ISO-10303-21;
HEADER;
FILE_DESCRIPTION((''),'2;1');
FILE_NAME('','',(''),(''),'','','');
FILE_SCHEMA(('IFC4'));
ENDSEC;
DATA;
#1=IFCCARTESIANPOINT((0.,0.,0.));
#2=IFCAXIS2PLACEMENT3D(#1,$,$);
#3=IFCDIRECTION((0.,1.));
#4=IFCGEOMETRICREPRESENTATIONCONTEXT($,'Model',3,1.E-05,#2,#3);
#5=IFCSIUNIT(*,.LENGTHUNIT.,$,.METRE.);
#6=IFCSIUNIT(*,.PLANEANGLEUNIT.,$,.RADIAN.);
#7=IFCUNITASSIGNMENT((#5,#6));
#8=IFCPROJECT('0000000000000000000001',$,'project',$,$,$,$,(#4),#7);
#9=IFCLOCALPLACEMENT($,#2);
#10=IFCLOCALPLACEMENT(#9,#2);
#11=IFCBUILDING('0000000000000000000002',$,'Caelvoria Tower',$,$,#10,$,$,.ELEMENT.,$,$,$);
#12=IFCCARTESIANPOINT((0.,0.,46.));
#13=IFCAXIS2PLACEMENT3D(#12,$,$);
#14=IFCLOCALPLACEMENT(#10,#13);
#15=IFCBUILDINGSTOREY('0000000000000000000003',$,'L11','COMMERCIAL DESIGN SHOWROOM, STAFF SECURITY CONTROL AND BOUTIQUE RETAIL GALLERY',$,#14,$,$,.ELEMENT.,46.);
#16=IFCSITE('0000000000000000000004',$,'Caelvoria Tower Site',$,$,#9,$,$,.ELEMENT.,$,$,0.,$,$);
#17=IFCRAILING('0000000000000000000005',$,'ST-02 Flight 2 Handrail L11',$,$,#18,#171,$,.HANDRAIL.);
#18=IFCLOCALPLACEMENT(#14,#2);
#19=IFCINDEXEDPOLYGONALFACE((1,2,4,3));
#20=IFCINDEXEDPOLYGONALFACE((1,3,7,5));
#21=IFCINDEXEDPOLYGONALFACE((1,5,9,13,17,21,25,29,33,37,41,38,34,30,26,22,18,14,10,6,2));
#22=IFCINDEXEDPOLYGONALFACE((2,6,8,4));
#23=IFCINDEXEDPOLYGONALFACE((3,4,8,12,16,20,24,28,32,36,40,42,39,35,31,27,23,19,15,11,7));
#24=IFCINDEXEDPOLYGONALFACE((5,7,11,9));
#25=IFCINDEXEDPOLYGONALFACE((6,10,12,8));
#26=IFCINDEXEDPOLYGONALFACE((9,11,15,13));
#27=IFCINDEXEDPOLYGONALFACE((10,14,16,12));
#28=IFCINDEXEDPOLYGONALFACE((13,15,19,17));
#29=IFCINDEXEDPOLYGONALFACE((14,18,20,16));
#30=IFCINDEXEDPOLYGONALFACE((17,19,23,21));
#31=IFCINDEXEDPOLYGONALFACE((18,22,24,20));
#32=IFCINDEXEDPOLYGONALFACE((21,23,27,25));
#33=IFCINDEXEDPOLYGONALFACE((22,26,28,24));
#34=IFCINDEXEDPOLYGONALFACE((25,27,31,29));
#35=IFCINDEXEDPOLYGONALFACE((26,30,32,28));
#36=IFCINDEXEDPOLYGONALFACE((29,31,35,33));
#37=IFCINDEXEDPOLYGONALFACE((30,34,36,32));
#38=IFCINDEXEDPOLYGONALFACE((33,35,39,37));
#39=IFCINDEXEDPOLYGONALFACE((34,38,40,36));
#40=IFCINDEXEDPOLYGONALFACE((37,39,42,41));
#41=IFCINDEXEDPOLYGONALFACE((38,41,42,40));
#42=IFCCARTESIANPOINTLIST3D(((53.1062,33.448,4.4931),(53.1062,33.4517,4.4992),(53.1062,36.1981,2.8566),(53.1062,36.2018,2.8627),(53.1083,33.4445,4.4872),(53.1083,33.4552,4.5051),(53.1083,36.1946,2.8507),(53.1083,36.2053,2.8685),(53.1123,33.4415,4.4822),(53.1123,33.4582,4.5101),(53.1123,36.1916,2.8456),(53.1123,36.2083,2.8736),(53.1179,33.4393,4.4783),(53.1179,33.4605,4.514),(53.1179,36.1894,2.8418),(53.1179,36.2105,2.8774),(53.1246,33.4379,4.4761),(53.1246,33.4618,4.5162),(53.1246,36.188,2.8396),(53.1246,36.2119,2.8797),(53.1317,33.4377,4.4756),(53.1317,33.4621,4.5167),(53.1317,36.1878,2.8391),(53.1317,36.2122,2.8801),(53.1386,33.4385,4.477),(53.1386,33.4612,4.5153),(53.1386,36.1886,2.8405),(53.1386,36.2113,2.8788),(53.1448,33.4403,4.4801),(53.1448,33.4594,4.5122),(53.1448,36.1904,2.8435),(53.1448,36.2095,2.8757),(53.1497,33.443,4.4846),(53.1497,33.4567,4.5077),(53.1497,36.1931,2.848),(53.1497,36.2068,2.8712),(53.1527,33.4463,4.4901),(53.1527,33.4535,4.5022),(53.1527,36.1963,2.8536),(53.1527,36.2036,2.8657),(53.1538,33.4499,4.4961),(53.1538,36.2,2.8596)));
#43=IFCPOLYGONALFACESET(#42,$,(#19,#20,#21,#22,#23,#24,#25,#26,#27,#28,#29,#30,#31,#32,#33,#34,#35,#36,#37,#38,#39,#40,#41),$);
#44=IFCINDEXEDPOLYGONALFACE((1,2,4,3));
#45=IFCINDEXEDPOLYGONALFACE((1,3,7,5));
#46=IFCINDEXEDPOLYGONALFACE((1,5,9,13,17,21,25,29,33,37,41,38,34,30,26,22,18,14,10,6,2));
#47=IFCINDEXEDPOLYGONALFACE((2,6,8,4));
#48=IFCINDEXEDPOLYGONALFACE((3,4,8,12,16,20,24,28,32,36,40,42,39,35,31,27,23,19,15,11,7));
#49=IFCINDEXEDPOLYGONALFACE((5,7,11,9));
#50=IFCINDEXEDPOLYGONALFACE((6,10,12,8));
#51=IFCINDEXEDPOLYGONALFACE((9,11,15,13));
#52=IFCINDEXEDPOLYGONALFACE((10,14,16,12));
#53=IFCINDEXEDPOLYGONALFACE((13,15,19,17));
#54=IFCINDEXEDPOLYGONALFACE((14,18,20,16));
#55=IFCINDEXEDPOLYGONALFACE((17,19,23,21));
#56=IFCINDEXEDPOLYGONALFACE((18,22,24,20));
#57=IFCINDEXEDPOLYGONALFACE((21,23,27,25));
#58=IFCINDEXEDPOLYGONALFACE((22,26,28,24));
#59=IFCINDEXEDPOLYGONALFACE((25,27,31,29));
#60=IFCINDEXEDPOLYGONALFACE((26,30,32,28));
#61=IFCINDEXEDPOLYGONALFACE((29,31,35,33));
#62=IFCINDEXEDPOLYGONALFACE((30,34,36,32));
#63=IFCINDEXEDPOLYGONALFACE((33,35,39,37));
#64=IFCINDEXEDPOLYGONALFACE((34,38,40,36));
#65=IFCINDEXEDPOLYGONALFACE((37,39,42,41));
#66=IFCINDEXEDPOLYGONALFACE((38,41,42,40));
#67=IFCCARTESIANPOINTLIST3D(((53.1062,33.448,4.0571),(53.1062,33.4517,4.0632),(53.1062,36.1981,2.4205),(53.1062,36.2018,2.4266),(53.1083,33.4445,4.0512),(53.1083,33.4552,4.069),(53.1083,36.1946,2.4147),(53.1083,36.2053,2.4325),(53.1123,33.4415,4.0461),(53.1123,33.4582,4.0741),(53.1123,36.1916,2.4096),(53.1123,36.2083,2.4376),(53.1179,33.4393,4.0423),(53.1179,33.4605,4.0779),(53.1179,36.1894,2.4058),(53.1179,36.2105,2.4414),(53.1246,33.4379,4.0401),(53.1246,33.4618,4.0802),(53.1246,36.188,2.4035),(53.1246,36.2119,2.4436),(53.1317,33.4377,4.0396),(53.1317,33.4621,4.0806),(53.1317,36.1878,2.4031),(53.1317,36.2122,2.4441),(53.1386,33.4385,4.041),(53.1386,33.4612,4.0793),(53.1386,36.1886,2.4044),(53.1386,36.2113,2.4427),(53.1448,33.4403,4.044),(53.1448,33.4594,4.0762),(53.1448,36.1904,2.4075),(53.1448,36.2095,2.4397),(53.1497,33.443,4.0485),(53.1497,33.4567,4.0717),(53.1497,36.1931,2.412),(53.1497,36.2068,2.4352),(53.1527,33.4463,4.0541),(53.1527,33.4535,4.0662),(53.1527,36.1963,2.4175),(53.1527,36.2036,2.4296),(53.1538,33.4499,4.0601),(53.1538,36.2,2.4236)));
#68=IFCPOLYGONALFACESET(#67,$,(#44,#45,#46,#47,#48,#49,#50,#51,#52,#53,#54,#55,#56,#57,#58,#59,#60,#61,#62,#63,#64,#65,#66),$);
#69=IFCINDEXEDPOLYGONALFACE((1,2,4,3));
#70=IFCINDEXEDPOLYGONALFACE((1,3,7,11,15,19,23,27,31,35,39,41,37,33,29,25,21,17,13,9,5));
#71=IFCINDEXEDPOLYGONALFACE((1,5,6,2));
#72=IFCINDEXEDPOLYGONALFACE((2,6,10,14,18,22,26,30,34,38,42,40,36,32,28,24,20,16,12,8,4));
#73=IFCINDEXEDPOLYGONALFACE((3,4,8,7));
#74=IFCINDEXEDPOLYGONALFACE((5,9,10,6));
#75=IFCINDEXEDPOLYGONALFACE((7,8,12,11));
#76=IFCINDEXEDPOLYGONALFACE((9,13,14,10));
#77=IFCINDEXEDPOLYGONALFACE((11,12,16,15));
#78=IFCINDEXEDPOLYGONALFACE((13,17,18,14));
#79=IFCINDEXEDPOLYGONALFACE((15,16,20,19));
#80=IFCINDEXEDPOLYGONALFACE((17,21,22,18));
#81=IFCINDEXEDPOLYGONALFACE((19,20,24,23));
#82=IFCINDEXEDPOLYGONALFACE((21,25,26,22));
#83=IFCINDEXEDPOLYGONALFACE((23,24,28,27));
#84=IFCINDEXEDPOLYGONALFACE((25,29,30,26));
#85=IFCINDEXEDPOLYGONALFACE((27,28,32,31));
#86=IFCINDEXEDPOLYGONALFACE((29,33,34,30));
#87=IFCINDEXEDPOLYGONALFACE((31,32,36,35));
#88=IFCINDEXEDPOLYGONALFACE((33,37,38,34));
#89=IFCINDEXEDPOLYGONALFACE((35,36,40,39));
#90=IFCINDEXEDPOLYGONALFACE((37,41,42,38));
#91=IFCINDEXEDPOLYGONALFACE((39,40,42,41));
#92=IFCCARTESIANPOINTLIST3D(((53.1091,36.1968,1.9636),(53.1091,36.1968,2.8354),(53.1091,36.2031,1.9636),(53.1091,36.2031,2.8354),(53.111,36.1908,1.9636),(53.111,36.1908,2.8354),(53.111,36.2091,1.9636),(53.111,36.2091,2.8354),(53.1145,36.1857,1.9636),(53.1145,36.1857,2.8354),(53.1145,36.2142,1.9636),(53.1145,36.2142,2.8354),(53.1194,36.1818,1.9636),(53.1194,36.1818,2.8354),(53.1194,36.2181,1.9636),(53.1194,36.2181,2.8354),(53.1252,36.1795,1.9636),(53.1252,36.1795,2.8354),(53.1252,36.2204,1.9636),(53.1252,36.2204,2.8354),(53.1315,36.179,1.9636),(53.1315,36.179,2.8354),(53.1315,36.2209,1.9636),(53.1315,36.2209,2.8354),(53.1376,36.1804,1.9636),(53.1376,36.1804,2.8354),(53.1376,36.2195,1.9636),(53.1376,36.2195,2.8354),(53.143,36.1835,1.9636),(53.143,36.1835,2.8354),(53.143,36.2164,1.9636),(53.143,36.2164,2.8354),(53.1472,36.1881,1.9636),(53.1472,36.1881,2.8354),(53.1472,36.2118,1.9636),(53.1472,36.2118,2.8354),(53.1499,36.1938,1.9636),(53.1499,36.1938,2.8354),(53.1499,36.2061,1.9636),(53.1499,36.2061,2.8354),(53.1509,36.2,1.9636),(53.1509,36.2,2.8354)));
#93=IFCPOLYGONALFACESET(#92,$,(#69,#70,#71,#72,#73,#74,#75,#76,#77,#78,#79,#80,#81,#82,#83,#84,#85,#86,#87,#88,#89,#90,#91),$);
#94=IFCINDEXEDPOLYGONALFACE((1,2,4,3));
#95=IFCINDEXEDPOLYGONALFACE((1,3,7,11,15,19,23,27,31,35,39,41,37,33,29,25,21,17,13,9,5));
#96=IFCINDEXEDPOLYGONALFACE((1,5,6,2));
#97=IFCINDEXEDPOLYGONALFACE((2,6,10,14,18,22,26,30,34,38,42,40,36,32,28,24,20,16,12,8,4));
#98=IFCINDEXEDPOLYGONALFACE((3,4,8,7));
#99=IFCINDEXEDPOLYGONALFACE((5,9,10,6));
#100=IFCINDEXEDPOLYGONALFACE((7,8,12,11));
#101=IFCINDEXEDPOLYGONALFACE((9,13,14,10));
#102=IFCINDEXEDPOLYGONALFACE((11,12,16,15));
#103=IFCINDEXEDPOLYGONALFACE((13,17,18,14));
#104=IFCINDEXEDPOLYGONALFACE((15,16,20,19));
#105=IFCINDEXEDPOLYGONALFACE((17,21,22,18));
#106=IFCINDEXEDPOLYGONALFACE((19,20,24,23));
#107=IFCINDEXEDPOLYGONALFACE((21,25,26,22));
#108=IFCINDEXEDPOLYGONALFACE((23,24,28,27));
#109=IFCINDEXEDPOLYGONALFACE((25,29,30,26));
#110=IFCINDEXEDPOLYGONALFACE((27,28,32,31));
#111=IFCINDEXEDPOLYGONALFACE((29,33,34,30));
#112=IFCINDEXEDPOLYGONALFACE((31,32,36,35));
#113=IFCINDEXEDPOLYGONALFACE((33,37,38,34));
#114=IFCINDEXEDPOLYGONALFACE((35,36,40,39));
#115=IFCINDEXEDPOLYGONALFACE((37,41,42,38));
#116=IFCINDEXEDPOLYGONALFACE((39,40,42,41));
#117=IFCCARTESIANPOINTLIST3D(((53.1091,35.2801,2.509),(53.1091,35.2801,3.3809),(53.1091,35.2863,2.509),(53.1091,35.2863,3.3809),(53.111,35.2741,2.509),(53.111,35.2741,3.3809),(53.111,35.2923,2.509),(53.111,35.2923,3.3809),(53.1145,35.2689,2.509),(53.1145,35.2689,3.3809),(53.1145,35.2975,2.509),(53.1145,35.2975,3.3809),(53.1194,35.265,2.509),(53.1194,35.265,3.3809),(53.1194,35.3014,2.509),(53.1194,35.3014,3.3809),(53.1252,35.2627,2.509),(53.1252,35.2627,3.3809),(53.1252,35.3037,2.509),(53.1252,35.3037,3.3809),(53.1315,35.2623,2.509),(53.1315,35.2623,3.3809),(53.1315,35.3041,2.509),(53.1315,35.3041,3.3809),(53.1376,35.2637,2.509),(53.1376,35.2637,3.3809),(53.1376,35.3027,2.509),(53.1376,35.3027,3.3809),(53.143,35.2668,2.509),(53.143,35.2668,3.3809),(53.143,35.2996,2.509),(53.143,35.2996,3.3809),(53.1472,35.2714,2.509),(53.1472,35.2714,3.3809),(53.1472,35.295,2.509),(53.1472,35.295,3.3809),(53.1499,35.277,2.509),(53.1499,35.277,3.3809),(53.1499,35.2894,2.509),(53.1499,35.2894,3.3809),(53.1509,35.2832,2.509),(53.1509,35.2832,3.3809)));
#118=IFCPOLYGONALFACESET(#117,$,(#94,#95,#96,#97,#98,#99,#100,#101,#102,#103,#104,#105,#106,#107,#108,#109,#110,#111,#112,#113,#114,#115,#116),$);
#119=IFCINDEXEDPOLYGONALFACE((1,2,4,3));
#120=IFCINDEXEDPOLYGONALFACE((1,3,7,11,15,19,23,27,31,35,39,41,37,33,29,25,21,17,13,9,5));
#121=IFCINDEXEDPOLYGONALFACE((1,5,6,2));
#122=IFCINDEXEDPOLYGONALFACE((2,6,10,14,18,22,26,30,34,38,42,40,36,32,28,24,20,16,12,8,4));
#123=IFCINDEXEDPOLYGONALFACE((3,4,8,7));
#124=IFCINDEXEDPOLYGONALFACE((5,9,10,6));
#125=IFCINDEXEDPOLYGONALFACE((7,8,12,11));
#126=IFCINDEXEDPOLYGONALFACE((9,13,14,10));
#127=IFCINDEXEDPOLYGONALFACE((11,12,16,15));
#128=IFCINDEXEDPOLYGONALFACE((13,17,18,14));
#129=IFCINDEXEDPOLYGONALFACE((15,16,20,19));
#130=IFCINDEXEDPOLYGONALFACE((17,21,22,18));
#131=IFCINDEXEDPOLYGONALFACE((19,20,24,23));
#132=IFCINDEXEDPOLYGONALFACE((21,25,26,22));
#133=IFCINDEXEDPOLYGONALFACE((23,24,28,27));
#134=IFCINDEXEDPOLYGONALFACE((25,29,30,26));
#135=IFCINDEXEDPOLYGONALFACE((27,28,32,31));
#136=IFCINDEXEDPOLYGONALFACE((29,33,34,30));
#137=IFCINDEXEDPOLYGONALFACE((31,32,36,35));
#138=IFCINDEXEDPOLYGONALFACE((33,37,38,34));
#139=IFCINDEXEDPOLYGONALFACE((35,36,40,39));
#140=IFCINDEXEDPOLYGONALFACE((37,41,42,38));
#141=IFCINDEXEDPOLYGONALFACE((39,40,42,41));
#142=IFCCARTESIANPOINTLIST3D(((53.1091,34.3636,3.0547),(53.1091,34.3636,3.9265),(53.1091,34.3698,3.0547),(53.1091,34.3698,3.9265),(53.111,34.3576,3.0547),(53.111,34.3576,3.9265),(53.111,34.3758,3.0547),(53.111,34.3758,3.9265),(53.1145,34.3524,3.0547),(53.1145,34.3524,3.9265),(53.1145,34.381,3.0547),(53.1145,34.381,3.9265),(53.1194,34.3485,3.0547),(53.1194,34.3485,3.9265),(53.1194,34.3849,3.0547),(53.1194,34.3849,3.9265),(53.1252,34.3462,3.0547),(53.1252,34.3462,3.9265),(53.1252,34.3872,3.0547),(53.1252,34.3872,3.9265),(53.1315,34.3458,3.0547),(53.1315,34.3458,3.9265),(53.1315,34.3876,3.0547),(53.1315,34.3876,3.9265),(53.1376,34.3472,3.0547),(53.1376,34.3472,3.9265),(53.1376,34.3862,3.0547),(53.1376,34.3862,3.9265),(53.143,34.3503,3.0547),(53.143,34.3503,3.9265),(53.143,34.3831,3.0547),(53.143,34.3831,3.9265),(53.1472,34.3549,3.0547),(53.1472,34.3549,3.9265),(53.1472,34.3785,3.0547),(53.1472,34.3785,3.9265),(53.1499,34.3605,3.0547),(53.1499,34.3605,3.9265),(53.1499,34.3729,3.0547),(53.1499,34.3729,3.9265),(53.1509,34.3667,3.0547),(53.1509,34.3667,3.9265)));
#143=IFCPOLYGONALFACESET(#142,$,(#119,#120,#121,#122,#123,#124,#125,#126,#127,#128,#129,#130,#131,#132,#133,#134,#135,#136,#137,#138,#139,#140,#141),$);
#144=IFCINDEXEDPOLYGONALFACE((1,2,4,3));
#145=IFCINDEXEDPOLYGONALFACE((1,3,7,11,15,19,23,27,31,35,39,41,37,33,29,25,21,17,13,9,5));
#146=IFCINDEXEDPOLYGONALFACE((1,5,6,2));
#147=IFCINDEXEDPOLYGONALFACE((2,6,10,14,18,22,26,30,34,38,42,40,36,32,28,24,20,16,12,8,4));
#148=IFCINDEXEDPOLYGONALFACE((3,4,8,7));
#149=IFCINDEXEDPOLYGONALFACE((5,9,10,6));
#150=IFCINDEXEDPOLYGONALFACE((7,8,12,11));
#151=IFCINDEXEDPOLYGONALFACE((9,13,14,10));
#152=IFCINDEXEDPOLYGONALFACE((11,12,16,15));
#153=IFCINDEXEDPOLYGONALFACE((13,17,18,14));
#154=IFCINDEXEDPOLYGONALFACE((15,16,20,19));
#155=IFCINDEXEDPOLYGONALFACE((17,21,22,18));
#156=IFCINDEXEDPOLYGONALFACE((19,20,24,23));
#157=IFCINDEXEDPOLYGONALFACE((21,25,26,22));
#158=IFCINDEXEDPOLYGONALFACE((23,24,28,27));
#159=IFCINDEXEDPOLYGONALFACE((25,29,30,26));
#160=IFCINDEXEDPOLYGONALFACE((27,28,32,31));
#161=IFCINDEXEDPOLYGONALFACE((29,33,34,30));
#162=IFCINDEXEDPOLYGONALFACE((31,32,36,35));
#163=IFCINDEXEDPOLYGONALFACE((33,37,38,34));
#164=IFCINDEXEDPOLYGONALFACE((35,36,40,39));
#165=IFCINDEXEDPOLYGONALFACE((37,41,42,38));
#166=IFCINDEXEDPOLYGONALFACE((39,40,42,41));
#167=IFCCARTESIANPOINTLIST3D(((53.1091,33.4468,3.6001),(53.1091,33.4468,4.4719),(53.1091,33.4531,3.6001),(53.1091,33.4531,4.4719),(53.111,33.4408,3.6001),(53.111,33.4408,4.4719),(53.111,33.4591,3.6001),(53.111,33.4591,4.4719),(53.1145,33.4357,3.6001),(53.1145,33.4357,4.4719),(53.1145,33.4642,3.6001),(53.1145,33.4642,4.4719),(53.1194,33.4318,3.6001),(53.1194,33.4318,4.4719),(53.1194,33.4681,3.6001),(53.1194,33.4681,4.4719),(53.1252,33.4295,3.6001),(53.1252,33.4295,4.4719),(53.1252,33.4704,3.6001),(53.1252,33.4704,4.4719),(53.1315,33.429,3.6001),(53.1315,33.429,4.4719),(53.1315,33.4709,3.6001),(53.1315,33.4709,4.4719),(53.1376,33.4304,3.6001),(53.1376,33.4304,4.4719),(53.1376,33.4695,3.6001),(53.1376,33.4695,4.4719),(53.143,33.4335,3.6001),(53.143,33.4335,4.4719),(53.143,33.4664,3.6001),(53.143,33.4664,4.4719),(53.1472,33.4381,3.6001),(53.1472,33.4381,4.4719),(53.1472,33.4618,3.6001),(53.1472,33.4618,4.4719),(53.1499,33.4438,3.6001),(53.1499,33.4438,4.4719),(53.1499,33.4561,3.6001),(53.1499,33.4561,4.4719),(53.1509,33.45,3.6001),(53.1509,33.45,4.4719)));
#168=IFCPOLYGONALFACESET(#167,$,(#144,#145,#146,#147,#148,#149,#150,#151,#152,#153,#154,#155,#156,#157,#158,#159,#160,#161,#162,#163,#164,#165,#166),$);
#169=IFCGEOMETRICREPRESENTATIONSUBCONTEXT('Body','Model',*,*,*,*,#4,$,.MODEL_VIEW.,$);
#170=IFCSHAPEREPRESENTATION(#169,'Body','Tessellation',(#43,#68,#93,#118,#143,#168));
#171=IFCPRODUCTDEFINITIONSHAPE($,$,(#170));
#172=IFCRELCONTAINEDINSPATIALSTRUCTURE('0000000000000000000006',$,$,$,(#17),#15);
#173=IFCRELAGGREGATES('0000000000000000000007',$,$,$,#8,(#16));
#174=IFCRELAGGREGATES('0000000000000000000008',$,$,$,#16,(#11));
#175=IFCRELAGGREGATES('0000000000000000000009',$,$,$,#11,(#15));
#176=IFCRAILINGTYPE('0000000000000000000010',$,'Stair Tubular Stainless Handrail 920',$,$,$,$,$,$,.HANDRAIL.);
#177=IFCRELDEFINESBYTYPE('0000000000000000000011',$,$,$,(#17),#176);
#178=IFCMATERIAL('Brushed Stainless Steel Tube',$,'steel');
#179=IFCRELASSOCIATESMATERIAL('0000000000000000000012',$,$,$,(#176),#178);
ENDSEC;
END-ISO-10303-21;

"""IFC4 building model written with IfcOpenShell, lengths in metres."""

from ifc_helpers import new_model, si_unit, direction, frame, origin, origin_2d, place, context, subcontext, project, spatial, circle, extrude, material, type_object, element, save


model = new_model("IFC4")

# Units and contexts
model_context = context("Model", 3, precision=1e-05, world=origin(), true_north=direction((0.0, 1.0)))
body_context = subcontext(model_context, "Body", "Model", "MODEL_VIEW")
ifc_project = project(units=[si_unit("LENGTHUNIT", "METRE"), si_unit("PLANEANGLEUNIT", "RADIAN")], contexts=[model_context])

# Site, building, storey
site_placement = place(None, origin())
site = spatial("IfcSite", under=ifc_project, at=site_placement, Name="Caelvoria Tower Site", CompositionType="ELEMENT", RefElevation=0.0)
building_placement = place(site_placement, origin())
building = spatial("IfcBuilding", under=site, at=building_placement, Name="Caelvoria Tower", CompositionType="ELEMENT")
storey_placement = place(building_placement, frame((0.0, 0.0, 46.0)))
storey = spatial("IfcBuildingStorey", under=building, at=storey_placement, Name="L11", Description="COMMERCIAL DESIGN SHOWROOM, STAFF SECURITY CONTROL AND BOUTIQUE RETAIL GALLERY", CompositionType="ELEMENT", Elevation=46.0)

# Railing
ifc_material_1 = material(Name="Brushed Stainless Steel Tube", Category="steel")
railing_type_1 = type_object("IfcRailingType", Name="Stair Tubular Stainless Handrail 920", PredefinedType="HANDRAIL", material=ifc_material_1)
railing_1_placement = place(storey_placement, frame((53.1299, 36.2, 1.9636)))
element("IfcRailing", 1, at=railing_1_placement, inside=storey, type_object=railing_type_1, Name="ST-02 Flight 2 Handrail L11", PredefinedType="HANDRAIL", context=body_context, shape_type="SweptSolid", body=[
    extrude(circle(Radius=0.0239, at=origin_2d()), frame((0.0, 0.0, 0.896), z_axis=(0.0, -0.859352, 0.511385), x_axis=(1.0, 0.0, 0.0)), (0.0, 0.0, 1.0), 3.2002),
    extrude(circle(Radius=0.0239, at=origin_2d()), frame((0.0, 0.0, 0.46), z_axis=(0.0, -0.859352, 0.511385), x_axis=(1.0, 0.0, 0.0)), (0.0, 0.0, 1.0), 3.2002),
    extrude(circle(Radius=0.021, at=origin_2d()), origin(), (0.0, 0.0, 1.0), 0.8718),
    extrude(circle(Radius=0.021, at=origin_2d()), frame((0.0, -0.9167, 0.5454)), (0.0, 0.0, 1.0), 0.8718),
    extrude(circle(Radius=0.021, at=origin_2d()), frame((0.0, -1.8333, 1.0911)), (0.0, 0.0, 1.0), 0.8718),
    extrude(circle(Radius=0.021, at=origin_2d()), frame((0.0, -2.75, 1.6365)), (0.0, 0.0, 1.0), 0.8718),
])

save(model, "model.ifc")
